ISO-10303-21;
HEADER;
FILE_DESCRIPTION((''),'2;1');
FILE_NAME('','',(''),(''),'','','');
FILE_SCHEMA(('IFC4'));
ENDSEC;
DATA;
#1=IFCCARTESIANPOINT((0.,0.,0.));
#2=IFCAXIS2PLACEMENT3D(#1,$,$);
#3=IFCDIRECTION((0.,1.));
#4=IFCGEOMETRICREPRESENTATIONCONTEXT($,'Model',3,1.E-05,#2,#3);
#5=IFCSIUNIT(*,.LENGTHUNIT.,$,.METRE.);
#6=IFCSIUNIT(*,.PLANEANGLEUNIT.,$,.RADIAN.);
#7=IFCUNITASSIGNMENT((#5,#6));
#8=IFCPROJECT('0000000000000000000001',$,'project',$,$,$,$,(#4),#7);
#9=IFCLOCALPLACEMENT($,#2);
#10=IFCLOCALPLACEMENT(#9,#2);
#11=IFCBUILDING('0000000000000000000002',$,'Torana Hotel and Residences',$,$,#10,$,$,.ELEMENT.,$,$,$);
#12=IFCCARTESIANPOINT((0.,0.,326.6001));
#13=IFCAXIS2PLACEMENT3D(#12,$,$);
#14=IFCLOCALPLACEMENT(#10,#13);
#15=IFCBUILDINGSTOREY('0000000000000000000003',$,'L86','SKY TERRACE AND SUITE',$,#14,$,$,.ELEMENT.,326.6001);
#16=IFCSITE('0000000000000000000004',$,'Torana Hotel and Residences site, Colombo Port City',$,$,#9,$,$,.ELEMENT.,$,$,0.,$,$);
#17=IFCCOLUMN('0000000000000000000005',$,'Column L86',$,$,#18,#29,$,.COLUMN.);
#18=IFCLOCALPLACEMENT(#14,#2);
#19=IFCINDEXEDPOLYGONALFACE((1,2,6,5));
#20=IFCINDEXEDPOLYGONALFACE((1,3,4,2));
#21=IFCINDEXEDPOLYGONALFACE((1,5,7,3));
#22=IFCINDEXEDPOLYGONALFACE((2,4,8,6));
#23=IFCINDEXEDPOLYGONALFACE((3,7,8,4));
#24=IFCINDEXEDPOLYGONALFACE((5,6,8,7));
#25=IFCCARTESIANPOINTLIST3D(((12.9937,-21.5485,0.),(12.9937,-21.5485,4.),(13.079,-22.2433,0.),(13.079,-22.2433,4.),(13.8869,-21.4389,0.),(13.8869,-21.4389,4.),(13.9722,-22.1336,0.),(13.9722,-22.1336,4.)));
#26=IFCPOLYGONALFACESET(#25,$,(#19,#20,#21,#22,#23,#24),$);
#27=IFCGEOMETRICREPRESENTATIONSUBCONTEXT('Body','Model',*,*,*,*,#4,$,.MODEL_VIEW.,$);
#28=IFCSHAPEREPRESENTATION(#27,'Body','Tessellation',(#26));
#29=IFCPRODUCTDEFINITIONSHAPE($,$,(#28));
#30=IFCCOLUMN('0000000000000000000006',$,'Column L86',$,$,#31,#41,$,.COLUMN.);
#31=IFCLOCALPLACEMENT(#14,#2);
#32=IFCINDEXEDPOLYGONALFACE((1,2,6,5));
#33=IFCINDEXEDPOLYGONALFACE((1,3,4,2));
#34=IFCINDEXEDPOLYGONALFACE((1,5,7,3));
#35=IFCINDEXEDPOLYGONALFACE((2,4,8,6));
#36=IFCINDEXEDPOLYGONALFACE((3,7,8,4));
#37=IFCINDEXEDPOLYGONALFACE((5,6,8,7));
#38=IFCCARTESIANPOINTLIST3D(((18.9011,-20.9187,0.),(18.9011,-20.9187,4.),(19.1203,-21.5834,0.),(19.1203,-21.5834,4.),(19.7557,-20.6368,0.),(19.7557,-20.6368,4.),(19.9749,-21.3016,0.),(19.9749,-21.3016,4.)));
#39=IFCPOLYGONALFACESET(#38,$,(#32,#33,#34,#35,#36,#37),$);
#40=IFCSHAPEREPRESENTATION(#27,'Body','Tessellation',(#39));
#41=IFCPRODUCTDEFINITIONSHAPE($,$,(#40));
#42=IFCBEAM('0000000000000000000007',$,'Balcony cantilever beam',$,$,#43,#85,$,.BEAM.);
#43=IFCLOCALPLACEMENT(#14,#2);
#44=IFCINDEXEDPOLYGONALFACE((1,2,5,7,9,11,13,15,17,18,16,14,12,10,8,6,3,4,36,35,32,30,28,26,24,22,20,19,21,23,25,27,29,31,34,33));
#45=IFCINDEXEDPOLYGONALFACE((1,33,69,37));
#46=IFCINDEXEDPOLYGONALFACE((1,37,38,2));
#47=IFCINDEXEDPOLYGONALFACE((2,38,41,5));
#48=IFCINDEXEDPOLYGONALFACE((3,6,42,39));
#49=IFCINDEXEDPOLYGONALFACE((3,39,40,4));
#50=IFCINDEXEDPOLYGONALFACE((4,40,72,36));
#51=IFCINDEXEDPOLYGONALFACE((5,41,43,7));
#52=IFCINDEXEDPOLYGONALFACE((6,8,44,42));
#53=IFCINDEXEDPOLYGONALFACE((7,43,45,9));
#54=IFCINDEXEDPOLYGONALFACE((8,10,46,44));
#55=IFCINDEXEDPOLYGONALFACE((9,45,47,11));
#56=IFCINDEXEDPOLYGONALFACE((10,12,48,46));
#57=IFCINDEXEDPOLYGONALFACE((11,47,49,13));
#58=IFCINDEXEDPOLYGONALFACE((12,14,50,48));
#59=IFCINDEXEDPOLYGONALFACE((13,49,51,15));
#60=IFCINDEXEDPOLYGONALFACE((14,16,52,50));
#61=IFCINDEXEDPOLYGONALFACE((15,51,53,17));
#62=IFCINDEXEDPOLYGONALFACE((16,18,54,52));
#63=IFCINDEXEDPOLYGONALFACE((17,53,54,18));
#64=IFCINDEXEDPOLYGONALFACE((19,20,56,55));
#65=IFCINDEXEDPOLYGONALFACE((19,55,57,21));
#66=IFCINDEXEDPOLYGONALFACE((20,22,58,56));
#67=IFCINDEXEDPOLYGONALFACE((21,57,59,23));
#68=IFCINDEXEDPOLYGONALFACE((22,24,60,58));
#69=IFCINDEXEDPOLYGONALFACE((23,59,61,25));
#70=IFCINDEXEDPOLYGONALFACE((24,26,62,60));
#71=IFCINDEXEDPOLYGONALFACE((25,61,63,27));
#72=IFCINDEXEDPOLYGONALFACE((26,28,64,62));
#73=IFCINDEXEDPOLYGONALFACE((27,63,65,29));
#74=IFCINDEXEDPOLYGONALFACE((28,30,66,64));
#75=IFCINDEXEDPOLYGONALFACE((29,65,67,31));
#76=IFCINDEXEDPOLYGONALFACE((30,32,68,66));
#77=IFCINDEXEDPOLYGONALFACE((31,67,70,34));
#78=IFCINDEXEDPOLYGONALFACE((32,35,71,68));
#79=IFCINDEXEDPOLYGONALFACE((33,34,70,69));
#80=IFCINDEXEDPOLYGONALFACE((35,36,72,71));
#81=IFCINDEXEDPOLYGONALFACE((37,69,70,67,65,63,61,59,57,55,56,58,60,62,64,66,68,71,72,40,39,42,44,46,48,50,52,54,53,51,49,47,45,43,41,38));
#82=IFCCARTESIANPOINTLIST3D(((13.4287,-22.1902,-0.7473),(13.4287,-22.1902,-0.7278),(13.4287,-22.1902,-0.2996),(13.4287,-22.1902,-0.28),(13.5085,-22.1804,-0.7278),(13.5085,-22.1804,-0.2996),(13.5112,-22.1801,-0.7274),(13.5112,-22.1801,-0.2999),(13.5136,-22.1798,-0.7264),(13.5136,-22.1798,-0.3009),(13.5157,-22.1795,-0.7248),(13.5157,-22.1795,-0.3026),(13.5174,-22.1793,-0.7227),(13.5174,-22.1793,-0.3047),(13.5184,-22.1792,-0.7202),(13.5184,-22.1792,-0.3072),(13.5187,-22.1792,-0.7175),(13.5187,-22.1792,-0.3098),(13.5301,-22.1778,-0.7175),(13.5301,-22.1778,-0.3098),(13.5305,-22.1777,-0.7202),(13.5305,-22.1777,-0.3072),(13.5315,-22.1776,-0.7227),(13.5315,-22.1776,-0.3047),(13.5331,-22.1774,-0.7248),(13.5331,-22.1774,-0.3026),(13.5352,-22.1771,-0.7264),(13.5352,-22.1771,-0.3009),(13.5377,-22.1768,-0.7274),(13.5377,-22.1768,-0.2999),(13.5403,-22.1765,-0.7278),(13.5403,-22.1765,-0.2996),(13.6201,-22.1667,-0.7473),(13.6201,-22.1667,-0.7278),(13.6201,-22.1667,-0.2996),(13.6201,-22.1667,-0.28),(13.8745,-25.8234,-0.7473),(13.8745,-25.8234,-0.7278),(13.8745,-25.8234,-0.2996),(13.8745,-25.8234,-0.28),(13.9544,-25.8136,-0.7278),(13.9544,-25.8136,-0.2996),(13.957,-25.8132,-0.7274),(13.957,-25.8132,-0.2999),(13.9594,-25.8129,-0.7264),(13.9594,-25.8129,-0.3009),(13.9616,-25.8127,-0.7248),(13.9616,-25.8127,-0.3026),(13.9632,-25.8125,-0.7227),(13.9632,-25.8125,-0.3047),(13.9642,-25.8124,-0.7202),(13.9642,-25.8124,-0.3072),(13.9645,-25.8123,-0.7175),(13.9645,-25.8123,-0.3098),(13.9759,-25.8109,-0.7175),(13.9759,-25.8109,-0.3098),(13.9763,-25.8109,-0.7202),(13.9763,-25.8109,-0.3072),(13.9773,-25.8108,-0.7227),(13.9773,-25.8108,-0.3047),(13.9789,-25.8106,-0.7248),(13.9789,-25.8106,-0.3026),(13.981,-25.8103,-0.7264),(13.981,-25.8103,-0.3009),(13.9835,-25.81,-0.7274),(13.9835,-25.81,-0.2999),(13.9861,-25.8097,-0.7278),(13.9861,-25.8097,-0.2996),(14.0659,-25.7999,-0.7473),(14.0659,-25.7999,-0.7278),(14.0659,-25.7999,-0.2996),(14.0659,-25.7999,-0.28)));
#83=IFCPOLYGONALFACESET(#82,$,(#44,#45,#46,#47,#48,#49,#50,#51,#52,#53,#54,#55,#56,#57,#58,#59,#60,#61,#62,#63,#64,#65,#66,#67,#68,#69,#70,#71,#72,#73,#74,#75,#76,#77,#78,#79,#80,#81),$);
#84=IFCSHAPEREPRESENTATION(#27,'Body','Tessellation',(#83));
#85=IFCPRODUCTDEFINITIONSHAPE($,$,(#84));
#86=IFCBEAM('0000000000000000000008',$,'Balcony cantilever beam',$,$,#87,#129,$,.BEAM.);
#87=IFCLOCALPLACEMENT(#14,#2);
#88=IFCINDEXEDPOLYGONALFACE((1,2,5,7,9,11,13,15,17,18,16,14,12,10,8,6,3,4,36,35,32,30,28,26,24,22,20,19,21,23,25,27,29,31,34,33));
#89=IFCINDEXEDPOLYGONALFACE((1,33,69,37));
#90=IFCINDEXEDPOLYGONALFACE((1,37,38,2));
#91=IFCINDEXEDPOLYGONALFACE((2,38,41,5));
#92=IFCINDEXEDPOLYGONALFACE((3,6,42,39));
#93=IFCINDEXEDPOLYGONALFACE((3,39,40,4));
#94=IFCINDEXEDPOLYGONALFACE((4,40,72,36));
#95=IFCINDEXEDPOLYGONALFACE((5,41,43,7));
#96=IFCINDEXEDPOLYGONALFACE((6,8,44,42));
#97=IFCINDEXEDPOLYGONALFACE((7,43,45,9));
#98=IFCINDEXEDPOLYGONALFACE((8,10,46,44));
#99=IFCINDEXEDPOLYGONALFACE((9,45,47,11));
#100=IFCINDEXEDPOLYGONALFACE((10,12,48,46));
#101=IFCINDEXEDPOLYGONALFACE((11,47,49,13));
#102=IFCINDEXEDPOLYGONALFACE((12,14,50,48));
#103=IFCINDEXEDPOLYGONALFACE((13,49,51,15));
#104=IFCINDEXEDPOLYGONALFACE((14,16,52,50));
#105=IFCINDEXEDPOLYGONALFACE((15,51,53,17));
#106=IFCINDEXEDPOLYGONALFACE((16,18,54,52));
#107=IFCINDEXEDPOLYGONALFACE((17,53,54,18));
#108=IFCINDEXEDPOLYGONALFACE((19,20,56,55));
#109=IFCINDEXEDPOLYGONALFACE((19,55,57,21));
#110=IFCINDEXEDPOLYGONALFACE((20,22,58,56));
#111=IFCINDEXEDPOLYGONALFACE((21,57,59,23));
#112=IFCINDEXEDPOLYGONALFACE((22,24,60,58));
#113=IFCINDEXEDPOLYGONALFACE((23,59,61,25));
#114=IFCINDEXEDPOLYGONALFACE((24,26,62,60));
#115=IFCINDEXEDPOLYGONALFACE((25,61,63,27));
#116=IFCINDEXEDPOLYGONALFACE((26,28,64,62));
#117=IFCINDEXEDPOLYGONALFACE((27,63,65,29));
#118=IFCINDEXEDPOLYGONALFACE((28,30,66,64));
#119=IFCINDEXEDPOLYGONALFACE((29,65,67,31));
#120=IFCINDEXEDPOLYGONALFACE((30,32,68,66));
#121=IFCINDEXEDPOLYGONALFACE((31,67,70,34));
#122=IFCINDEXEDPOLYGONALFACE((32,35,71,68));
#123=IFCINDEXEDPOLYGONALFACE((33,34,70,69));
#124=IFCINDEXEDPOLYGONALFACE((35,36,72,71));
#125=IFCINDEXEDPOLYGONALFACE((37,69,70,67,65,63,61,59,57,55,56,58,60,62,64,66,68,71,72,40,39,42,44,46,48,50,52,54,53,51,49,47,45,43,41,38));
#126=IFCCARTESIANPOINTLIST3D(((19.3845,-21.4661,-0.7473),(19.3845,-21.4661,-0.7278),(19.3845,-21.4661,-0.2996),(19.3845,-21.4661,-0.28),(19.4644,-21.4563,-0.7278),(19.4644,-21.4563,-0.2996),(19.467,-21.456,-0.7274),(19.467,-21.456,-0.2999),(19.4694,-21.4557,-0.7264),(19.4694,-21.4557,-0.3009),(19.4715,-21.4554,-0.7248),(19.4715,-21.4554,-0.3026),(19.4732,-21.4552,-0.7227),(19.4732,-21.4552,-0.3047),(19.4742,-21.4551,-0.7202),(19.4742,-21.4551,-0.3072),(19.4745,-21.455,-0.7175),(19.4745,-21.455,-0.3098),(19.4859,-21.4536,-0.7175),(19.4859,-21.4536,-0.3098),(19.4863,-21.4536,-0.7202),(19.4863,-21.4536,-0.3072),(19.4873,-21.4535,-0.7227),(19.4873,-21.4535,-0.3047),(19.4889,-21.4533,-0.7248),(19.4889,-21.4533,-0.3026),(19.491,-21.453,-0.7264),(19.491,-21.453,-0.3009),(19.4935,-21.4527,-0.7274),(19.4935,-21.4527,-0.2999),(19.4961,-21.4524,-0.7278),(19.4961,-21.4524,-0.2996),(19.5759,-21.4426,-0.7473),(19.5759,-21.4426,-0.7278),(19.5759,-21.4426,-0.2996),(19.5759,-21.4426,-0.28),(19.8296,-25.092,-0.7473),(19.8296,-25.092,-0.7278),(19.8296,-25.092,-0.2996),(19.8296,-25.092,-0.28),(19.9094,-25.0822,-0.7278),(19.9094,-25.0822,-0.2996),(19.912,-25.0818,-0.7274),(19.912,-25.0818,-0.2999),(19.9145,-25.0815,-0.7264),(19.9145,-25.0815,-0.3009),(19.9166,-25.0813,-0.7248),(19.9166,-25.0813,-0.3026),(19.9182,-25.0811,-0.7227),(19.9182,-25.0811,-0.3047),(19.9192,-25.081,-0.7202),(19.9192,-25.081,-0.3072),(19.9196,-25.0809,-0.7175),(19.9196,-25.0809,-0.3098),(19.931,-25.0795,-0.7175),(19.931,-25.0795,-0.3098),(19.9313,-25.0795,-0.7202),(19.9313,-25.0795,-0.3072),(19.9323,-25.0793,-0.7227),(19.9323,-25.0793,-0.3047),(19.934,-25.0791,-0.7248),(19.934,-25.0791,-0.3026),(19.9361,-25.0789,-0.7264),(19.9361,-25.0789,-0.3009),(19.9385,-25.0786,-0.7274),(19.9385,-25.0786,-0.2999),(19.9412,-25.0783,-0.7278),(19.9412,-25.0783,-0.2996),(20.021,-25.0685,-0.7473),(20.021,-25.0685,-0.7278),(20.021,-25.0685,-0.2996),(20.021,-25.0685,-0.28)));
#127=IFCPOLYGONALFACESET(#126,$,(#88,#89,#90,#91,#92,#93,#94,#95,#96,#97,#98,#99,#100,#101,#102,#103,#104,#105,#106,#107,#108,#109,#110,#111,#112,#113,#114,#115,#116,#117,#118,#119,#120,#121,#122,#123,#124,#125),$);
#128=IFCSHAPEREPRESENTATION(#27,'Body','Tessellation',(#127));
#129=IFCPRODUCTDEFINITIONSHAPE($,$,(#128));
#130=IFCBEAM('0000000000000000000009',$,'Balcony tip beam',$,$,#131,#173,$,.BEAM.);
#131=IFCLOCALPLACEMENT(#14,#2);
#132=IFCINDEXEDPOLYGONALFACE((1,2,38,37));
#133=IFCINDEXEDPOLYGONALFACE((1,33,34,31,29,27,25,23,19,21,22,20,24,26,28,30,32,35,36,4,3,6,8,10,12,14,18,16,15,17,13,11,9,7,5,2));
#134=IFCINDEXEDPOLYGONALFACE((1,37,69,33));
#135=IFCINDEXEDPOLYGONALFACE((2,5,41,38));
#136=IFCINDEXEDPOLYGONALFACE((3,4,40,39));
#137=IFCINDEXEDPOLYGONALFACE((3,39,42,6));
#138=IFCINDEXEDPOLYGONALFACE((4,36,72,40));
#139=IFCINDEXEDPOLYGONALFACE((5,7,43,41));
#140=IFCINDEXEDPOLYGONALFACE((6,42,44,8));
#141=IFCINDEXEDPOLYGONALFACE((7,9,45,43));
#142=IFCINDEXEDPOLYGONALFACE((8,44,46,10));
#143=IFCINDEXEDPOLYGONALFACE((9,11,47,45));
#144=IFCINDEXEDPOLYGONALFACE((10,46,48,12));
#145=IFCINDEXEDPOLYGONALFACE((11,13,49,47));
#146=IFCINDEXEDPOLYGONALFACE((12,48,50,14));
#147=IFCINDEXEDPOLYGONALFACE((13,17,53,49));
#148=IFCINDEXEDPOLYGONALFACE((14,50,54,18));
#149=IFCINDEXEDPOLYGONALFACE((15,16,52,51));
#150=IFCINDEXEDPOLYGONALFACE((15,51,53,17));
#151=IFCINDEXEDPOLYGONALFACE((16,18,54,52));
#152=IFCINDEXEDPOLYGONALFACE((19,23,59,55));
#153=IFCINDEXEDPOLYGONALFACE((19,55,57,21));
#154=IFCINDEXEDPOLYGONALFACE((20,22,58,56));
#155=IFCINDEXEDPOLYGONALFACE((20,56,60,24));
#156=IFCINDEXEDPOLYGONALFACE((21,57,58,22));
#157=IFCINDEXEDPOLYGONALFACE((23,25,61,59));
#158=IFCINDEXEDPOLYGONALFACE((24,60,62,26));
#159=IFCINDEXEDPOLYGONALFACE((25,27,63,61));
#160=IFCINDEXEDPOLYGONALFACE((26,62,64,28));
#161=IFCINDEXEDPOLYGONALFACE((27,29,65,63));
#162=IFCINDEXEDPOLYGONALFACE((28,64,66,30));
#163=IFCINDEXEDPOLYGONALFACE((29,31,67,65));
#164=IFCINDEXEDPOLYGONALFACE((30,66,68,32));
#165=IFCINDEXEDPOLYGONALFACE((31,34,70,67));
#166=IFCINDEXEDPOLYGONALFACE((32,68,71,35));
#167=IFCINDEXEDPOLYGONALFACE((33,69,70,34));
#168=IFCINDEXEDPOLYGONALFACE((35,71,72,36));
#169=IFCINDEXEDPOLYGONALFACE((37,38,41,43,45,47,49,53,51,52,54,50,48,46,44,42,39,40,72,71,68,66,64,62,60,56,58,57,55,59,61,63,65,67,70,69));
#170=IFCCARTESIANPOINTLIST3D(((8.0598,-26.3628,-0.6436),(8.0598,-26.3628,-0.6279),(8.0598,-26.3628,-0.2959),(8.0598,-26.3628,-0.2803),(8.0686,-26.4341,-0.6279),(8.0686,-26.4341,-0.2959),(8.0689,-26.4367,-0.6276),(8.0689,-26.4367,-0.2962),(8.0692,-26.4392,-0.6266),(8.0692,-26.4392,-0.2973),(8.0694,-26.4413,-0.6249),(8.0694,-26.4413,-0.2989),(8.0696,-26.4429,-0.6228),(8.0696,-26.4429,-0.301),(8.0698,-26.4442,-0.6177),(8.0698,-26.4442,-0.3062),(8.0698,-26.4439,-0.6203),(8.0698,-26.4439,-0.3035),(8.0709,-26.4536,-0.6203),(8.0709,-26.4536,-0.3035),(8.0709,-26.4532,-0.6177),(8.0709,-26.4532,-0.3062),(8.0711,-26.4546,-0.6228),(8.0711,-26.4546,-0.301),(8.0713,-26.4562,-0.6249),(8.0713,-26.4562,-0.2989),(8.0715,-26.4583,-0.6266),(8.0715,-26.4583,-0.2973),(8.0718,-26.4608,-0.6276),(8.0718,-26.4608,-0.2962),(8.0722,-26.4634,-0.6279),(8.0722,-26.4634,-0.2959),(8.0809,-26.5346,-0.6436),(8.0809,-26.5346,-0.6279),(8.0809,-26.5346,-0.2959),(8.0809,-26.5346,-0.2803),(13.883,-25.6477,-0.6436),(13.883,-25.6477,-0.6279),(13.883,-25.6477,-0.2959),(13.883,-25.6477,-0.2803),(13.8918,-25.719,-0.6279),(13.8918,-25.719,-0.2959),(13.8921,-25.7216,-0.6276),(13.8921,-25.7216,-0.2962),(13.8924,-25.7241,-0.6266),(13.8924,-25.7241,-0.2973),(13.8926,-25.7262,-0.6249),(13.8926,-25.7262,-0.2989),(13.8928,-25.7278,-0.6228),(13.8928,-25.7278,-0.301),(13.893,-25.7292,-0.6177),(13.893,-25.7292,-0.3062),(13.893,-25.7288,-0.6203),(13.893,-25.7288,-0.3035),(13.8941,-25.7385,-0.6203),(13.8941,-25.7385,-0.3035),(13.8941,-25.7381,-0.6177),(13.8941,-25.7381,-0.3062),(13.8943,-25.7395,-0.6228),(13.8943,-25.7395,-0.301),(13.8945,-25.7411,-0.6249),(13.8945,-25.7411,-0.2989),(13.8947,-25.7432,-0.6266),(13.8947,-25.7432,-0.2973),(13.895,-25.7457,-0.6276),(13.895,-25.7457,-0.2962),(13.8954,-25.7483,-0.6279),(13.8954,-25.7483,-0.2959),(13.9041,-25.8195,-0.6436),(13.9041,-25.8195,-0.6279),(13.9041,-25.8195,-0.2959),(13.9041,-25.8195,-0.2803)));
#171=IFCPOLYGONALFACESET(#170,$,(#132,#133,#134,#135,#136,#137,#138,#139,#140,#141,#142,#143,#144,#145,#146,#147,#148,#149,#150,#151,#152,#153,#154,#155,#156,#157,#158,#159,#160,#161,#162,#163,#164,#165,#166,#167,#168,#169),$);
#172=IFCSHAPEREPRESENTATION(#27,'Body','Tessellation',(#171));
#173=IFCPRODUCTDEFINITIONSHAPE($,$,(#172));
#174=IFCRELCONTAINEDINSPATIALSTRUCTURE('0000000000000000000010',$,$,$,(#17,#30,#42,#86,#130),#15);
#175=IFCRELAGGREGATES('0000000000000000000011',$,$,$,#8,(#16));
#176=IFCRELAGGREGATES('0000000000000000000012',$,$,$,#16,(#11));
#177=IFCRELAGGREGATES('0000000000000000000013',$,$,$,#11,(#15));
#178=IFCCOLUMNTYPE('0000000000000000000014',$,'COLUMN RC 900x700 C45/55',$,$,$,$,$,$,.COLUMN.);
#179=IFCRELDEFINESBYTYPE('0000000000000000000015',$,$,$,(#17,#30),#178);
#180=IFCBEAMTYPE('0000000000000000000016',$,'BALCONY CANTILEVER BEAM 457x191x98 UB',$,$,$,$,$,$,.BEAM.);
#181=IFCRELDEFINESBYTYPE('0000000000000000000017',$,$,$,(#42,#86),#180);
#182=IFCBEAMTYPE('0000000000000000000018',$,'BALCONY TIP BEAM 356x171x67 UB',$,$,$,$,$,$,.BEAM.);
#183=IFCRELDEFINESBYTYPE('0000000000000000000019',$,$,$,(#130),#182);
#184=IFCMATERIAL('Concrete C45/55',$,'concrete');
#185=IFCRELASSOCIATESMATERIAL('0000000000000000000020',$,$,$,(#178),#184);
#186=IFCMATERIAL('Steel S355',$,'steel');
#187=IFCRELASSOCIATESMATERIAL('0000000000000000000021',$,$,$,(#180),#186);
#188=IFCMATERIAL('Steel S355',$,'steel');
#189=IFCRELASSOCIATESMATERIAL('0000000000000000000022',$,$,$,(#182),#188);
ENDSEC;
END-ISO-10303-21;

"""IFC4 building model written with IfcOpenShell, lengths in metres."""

from ifc_helpers import new_model, si_unit, direction, frame, origin, origin_2d, place, context, subcontext, project, spatial, rectangle, i_section, extrude, material, material_profile, profile_set, type_object, element, save


model = new_model("IFC4")

# Units and contexts
model_context = context("Model", 3, precision=1e-05, world=origin(), true_north=direction((0.0, 1.0)))
body_context = subcontext(model_context, "Body", "Model", "MODEL_VIEW")
ifc_project = project(units=[si_unit("LENGTHUNIT", "METRE"), si_unit("PLANEANGLEUNIT", "RADIAN")], contexts=[model_context])

# Site, building, storey
site_placement = place(None, origin())
site = spatial("IfcSite", under=ifc_project, at=site_placement, Name="Torana Hotel and Residences site, Colombo Port City", CompositionType="ELEMENT", RefElevation=0.0)
building_placement = place(site_placement, origin())
building = spatial("IfcBuilding", under=site, at=building_placement, Name="Torana Hotel and Residences", CompositionType="ELEMENT")
storey_placement = place(building_placement, frame((0.0, 0.0, 326.6001)))
storey = spatial("IfcBuildingStorey", under=building, at=storey_placement, Name="L86", Description="SKY TERRACE AND SUITE", CompositionType="ELEMENT", Elevation=326.6001)

# Columns
ifc_material_1 = material(Name="Concrete C45/55", Category="concrete")
ifc_material_profile_1 = material_profile(ifc_material_1, rectangle(XDim=0.8999, YDim=0.7, at=origin_2d()), Name="RC 900x700")
ifc_profile_set_1 = profile_set([ifc_material_profile_1], Name="Concrete C45/55")
column_type = type_object("IfcColumnType", Name="COLUMN RC 900x700 C45/55", PredefinedType="COLUMN", material=ifc_profile_set_1)
for number, where, z_axis, x_axis, name in (
    (1, (13.4829, -21.8411, 0.0), (0.0, 0.0, 1.0), (0.992546, 0.121869, 0.0), "Column L86"),
    (2, (19.438, -21.1101, 0.0), (0.0, 0.0, 1.0), (0.949694, 0.31318, 0.0), "Column L86"),
):
    element("IfcColumn", number, at=place(storey_placement, frame(where, z_axis=z_axis, x_axis=x_axis)), inside=storey, type_object=column_type, Name=name, PredefinedType="COLUMN", context=body_context, shape_type="SweptSolid", body=[
        extrude(rectangle(XDim=0.8999, YDim=0.7, at=origin_2d()), origin(), (0.0, 0.0, 1.0), 4.0),
    ])

# Beams
ifc_material_2 = material(Name="Steel S355", Category="steel")
ifc_material_profile_2 = material_profile(ifc_material_2, i_section(OverallWidth=0.1929, OverallDepth=0.4673, WebThickness=0.0115, FlangeThickness=0.0195, FilletRadius=0.0103, at=origin_2d()), Name="457x191x98 UB")
ifc_profile_set_2 = profile_set([ifc_material_profile_2], Name="Steel S355")
beam_type_1 = type_object("IfcBeamType", Name="BALCONY CANTILEVER BEAM 457x191x98 UB", PredefinedType="BEAM", material=ifc_profile_set_2)
beam_1_placement = place(storey_placement, frame((13.5244, -22.1785, -0.5137), z_axis=(0.121793, -0.992555, 0.0), x_axis=(0.992555, 0.121793, 0.0)))
element("IfcBeam", 3, at=beam_1_placement, inside=storey, type_object=beam_type_1, Name="Balcony cantilever beam", PredefinedType="BEAM", context=body_context, shape_type="SweptSolid", body=[
    extrude(i_section(OverallWidth=0.1929, OverallDepth=0.4673, WebThickness=0.0115, FlangeThickness=0.0195, FilletRadius=0.0103, at=origin_2d()), origin(), (0.0, 0.0, 1.0), 3.6604),
])
beam_2_placement = place(storey_placement, frame((19.4802, -21.4543, -0.5137), z_axis=(0.12183, -0.992551, 0.0), x_axis=(0.992551, 0.12183, 0.0)))
element("IfcBeam", 4, at=beam_2_placement, inside=storey, type_object=beam_type_1, Name="Balcony cantilever beam", PredefinedType="BEAM", context=body_context, shape_type="SweptSolid", body=[
    extrude(i_section(OverallWidth=0.1929, OverallDepth=0.4673, WebThickness=0.0115, FlangeThickness=0.0195, FilletRadius=0.0103, at=origin_2d()), origin(), (0.0, 0.0, 1.0), 3.6531),
])
ifc_material_3 = material(Name="Steel S355", Category="steel")
ifc_material_profile_3 = material_profile(ifc_material_3, i_section(OverallWidth=0.1731, OverallDepth=0.3633, WebThickness=0.009, FlangeThickness=0.0156, FilletRadius=0.0103, at=origin_2d()), Name="356x171x67 UB")
ifc_profile_set_3 = profile_set([ifc_material_profile_3], Name="Steel S355")
beam_type_2 = type_object("IfcBeamType", Name="BALCONY TIP BEAM 356x171x67 UB", PredefinedType="BEAM", material=ifc_profile_set_3)
beam_3_placement = place(storey_placement, frame((13.8936, -25.7336, -0.4619), z_axis=(-0.992544, -0.121883, 0.0), x_axis=(0.121883, -0.992544, 0.0)))
element("IfcBeam", 5, at=beam_3_placement, inside=storey, type_object=beam_type_2, Name="Balcony tip beam", PredefinedType="BEAM", context=body_context, shape_type="SweptSolid", body=[
    extrude(i_section(OverallWidth=0.1731, OverallDepth=0.3633, WebThickness=0.009, FlangeThickness=0.0156, FilletRadius=0.0103, at=origin_2d()), origin(), (0.0, 0.0, 1.0), 5.8669),
])

save(model, "model.ifc")
